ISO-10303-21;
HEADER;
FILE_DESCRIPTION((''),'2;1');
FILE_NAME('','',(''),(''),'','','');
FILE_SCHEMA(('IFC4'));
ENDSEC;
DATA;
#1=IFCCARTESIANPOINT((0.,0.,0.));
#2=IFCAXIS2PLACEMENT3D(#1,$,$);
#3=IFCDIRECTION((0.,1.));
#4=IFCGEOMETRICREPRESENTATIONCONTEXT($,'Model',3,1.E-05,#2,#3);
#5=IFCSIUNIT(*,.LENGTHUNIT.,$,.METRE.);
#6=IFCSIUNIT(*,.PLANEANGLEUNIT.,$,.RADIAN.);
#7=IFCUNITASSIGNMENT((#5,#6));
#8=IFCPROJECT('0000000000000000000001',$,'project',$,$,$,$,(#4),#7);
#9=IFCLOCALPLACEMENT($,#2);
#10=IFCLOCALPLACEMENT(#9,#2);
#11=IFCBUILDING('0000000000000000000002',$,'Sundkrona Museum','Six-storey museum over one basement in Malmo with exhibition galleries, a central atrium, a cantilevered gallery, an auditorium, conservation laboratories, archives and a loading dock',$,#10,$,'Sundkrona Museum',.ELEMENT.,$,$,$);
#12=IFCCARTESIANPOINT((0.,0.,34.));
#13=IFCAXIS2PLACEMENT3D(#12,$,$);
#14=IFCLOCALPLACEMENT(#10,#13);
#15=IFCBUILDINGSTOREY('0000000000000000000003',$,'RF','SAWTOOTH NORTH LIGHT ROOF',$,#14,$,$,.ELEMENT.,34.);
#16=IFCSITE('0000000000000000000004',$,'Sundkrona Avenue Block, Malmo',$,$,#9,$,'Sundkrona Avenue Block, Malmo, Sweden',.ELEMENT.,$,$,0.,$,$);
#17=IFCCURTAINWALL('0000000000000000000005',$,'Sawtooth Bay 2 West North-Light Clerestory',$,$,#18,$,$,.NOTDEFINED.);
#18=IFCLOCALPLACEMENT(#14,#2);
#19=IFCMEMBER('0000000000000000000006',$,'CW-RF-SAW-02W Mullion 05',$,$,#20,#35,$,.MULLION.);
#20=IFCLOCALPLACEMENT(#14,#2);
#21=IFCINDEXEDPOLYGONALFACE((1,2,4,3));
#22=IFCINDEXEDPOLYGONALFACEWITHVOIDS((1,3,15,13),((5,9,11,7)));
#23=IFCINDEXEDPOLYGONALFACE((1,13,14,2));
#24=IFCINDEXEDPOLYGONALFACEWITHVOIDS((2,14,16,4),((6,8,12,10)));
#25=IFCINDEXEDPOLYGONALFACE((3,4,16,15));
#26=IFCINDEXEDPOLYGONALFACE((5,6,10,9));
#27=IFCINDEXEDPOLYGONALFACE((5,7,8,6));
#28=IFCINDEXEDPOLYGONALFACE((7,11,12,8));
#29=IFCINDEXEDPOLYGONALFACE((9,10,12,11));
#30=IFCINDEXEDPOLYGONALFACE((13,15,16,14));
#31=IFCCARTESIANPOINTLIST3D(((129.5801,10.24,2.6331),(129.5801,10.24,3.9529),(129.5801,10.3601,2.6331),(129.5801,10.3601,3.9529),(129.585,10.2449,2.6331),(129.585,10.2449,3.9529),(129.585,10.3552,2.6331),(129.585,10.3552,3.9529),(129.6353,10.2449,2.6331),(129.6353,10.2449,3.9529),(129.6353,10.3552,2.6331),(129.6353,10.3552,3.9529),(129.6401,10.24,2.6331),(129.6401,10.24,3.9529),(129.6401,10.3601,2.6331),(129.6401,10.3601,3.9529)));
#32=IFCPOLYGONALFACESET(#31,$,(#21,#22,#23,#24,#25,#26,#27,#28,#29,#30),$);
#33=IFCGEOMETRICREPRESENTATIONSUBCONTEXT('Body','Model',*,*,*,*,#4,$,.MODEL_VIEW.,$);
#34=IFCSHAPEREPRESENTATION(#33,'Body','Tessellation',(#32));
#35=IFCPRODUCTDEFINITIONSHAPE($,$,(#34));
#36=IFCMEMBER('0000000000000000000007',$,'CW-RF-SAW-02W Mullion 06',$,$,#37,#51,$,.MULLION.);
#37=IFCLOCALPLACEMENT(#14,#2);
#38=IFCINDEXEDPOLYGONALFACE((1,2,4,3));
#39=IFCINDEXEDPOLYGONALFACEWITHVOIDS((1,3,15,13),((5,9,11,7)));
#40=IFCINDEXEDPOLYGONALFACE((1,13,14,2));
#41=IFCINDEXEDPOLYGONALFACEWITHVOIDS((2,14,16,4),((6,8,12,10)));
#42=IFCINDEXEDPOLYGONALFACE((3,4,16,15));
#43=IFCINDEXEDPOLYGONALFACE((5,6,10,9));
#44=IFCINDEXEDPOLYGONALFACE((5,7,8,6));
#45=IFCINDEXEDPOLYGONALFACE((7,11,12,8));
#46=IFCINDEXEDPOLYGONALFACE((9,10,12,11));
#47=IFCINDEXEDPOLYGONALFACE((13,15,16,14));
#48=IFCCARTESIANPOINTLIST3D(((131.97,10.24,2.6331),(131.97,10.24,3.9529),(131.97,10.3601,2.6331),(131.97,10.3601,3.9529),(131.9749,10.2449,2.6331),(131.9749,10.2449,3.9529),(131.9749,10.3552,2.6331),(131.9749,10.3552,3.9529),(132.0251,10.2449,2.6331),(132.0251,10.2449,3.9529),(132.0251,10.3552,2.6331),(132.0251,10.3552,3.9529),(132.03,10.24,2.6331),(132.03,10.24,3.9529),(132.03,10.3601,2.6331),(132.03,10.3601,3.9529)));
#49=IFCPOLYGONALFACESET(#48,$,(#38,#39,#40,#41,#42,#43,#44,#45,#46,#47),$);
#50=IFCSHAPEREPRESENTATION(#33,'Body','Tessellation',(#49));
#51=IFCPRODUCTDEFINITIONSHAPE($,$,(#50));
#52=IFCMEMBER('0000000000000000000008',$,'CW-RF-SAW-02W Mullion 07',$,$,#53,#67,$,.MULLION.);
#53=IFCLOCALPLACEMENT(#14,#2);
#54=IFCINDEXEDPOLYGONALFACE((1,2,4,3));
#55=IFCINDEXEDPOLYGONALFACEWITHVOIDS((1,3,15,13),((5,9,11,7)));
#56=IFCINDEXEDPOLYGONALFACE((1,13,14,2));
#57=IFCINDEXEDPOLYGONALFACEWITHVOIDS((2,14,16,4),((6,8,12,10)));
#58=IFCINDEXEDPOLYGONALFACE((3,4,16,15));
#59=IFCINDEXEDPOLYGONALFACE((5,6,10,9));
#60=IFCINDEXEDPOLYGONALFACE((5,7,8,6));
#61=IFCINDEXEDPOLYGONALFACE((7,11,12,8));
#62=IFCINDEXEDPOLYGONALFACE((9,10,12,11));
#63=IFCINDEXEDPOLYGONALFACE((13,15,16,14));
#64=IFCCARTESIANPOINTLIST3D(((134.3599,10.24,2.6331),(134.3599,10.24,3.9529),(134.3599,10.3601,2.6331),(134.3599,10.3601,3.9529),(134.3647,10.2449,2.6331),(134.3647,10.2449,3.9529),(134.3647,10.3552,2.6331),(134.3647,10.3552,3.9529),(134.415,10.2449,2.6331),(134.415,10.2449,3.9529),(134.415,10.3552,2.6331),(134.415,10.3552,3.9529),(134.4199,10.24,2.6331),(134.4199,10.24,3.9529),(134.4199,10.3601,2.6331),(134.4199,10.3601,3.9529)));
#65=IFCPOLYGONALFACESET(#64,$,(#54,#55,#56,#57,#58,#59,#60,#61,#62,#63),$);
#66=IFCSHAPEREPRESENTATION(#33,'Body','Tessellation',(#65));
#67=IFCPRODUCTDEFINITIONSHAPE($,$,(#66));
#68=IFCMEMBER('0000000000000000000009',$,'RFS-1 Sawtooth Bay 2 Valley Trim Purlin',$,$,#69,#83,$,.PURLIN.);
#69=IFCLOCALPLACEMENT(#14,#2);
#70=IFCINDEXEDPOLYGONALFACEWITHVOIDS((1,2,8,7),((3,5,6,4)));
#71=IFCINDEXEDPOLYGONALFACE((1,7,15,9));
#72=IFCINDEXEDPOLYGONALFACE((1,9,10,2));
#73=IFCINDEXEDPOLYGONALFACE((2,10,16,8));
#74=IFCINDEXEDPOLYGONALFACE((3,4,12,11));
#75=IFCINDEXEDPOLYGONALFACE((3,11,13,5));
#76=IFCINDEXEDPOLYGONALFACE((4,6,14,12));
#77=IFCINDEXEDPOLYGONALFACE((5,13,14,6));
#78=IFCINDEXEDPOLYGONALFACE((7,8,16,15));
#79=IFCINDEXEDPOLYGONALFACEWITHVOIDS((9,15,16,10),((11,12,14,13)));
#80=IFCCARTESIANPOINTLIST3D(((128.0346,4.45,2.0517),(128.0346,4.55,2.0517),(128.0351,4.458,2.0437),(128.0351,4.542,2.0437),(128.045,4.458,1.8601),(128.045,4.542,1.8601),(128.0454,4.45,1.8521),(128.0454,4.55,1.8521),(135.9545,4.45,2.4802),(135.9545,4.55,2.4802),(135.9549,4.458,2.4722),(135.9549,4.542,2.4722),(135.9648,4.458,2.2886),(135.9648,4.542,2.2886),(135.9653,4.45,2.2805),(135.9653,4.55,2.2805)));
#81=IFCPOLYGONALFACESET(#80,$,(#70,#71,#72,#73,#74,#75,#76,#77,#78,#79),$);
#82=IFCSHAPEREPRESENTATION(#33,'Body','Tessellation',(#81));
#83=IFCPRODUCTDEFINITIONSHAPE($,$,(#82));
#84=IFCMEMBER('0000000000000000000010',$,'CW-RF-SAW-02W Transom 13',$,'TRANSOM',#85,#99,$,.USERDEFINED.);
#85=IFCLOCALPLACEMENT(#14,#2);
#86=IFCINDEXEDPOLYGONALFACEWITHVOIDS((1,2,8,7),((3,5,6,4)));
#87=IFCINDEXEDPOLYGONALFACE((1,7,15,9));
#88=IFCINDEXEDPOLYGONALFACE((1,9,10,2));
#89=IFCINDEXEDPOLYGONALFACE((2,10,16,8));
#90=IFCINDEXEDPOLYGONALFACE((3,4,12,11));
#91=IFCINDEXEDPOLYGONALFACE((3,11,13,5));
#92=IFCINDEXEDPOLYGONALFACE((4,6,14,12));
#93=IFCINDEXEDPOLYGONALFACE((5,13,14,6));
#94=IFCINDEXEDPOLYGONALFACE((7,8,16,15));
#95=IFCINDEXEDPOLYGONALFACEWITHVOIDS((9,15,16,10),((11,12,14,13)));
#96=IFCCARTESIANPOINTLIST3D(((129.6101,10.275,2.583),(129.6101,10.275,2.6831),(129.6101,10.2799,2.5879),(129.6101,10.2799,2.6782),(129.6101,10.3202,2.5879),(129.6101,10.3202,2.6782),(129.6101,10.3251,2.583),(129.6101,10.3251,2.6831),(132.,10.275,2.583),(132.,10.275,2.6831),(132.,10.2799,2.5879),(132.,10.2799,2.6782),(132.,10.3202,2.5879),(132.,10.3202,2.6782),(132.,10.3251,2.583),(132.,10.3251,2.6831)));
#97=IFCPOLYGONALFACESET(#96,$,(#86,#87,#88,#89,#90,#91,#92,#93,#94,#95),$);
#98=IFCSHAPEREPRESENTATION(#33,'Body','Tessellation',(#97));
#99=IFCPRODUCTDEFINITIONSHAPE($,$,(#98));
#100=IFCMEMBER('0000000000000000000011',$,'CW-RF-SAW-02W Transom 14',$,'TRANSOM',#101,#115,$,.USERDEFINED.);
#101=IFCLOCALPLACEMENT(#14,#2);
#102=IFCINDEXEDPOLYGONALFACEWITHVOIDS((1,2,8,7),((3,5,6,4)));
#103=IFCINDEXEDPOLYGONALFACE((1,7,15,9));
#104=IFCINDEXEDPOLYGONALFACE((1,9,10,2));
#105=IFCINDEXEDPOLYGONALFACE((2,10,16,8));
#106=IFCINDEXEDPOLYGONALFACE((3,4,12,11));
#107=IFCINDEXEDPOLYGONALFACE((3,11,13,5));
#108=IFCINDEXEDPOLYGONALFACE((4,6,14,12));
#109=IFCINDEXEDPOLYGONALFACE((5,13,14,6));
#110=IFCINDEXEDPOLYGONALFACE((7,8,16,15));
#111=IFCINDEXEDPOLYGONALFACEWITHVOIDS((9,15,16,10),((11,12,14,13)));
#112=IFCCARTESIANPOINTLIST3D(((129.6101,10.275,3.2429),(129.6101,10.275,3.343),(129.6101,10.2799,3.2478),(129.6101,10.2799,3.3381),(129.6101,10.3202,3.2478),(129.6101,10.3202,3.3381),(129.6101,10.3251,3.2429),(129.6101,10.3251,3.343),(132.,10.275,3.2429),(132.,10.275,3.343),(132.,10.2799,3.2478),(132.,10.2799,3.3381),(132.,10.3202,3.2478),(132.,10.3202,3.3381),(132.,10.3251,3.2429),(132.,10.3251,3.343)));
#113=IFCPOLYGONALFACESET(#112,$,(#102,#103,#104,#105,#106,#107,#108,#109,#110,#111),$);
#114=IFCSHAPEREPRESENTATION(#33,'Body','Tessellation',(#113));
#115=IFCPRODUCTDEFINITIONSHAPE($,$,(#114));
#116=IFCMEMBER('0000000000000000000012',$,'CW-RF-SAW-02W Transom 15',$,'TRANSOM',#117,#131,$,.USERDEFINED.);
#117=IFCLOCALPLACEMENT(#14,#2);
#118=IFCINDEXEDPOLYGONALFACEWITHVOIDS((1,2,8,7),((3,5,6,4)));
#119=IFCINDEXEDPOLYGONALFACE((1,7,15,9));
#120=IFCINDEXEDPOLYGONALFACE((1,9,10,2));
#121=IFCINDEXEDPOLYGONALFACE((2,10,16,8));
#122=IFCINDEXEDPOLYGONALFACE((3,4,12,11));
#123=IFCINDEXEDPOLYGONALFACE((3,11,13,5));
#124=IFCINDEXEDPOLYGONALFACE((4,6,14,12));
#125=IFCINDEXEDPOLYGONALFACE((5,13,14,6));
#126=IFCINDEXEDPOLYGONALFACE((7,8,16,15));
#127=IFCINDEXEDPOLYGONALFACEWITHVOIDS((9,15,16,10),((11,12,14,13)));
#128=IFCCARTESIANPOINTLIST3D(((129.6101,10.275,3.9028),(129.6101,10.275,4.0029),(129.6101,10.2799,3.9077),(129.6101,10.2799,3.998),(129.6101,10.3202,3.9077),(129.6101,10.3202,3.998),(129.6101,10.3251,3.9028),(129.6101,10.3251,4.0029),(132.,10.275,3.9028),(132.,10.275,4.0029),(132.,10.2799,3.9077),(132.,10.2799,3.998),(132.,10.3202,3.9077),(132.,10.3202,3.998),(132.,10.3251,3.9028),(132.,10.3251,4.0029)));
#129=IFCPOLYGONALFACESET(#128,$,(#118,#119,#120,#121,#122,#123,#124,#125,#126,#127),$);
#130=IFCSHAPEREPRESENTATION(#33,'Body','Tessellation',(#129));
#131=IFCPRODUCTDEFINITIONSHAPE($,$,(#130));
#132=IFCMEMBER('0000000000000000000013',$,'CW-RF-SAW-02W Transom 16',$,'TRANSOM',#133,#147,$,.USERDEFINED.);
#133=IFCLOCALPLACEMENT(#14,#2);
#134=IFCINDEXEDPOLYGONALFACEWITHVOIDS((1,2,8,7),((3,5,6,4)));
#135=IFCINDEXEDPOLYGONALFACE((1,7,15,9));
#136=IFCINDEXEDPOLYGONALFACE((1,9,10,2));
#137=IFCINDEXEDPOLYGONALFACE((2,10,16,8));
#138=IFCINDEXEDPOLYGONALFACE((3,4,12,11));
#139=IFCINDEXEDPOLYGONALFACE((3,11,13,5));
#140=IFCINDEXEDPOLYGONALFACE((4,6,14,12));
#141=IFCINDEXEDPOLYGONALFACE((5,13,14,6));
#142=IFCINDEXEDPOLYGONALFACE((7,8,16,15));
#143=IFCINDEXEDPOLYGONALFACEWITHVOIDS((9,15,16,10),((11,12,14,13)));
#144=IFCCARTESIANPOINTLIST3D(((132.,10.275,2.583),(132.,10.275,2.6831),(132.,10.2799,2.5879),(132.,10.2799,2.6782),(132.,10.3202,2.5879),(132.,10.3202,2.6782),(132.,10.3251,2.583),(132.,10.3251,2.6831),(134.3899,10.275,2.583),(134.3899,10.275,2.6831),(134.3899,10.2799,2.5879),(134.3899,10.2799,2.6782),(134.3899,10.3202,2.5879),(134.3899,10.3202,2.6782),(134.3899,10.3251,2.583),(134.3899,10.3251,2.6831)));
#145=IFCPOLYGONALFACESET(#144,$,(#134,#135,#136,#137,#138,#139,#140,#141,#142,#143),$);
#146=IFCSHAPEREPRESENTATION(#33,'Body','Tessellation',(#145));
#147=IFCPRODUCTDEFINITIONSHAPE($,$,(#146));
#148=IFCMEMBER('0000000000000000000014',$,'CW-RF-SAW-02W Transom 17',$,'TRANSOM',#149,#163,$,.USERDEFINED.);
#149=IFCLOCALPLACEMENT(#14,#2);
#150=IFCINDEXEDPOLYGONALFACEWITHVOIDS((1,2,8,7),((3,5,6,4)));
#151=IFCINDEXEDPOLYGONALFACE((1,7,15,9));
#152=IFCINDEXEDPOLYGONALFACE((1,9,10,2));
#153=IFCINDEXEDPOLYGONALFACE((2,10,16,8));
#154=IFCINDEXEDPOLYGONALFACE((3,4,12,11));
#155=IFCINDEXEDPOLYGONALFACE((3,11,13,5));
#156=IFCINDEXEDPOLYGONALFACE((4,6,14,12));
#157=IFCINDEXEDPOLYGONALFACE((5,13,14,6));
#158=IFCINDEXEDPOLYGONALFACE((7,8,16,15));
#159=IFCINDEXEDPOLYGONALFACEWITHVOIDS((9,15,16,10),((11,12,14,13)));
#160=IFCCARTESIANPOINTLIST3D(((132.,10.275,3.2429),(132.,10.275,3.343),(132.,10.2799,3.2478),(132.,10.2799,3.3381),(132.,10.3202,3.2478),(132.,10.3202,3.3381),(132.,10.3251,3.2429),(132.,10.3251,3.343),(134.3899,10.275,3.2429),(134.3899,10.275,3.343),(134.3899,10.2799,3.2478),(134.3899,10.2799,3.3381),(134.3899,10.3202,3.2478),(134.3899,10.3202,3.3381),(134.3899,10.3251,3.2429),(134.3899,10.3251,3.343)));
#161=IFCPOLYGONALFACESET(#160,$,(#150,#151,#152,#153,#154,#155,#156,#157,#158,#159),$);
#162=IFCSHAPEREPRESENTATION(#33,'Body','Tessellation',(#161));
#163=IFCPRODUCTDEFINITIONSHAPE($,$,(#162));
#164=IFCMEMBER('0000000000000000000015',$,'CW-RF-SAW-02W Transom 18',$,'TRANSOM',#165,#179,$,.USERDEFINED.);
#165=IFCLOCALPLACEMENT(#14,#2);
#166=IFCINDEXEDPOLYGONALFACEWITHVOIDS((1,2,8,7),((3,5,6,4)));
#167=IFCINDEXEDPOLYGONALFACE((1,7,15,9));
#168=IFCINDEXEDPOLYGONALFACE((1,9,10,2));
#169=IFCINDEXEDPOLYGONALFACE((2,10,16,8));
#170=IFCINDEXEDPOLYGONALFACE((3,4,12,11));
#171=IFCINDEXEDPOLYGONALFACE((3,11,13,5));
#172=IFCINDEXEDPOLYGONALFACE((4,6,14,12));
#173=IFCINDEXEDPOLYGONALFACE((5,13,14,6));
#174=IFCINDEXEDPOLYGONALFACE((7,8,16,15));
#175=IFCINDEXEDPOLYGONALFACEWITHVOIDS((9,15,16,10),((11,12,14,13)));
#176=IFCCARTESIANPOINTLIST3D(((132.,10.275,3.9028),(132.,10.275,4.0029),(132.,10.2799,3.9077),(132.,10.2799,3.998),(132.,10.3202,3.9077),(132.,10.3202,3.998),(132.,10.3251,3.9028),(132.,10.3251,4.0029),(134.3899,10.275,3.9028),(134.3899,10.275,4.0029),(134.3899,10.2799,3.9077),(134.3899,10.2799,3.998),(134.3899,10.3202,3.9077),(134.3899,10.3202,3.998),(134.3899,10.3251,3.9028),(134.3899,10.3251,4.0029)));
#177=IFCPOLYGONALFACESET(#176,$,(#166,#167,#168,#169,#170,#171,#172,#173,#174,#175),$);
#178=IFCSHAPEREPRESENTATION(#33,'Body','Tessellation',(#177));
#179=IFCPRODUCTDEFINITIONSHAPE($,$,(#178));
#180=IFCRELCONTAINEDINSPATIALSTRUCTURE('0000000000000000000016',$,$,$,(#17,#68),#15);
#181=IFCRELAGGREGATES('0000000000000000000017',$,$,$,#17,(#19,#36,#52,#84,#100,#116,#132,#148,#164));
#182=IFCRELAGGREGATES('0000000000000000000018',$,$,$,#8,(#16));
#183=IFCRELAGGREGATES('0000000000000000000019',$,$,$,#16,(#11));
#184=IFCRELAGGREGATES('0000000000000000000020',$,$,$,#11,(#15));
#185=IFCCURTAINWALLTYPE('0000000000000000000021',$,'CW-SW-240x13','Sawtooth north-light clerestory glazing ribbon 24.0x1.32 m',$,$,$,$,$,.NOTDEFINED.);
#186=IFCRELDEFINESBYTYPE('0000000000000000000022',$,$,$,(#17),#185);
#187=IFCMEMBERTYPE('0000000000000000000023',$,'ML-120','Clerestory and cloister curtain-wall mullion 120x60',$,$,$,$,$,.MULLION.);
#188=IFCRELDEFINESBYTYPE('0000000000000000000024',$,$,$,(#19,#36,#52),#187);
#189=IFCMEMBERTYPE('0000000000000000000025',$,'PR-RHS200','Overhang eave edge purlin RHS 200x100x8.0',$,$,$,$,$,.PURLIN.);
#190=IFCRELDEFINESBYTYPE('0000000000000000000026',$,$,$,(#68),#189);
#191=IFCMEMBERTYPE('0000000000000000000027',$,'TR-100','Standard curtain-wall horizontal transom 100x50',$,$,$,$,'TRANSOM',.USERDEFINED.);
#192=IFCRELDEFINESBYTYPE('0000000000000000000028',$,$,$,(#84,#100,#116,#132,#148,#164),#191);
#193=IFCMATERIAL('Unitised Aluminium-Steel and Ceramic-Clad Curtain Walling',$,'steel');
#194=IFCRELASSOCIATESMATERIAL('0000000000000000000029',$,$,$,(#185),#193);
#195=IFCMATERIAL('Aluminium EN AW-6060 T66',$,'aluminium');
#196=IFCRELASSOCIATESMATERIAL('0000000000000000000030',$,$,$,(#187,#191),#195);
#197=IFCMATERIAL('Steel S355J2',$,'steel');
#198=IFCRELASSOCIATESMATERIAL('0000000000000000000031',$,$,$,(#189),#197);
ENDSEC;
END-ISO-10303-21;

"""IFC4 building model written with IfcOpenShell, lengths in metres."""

from ifc_helpers import new_model, si_unit, direction, frame, origin, origin_2d, place, context, subcontext, project, spatial, hollow_rectangle, extrude, material, material_profile, profile_set, type_object, element, aggregate, save


model = new_model("IFC4")

# Units and contexts
model_context = context("Model", 3, precision=1e-05, world=origin(), true_north=direction((0.0, 1.0)))
body_context = subcontext(model_context, "Body", "Model", "MODEL_VIEW")
ifc_project = project(units=[si_unit("LENGTHUNIT", "METRE"), si_unit("PLANEANGLEUNIT", "RADIAN")], contexts=[model_context])

# Site, building, storey
site_placement = place(None, origin())
site = spatial("IfcSite", under=ifc_project, at=site_placement, Name="Sundkrona Avenue Block, Malmo", LongName="Sundkrona Avenue Block, Malmo, Sweden", CompositionType="ELEMENT", RefElevation=0.0)
building_placement = place(site_placement, origin())
building = spatial("IfcBuilding", under=site, at=building_placement, Name="Sundkrona Museum", Description="Six-storey museum over one basement in Malmo with exhibition galleries, a central atrium, a cantilevered gallery, an auditorium, conservation laboratories, archives and a loading dock", LongName="Sundkrona Museum", CompositionType="ELEMENT")
storey_placement = place(building_placement, frame((0.0, 0.0, 34.0)))
storey = spatial("IfcBuildingStorey", under=building, at=storey_placement, Name="RF", Description="SAWTOOTH NORTH LIGHT ROOF", CompositionType="ELEMENT", Elevation=34.0)

# Curtain wall, members
ifc_material_1 = material(Name="Unitised Aluminium-Steel and Ceramic-Clad Curtain Walling", Category="steel")
curtain_wall_type = type_object("IfcCurtainWallType", Name="CW-SW-240x13", Description="Sawtooth north-light clerestory glazing ribbon 24.0x1.32 m", PredefinedType="NOTDEFINED", material=ifc_material_1)
curtain_wall_placement = place(storey_placement, origin())
curtain_wall = element("IfcCurtainWall", 1, at=curtain_wall_placement, inside=storey, type_object=curtain_wall_type, Name="Sawtooth Bay 2 West North-Light Clerestory", PredefinedType="NOTDEFINED")
ifc_material_2 = material(Name="Aluminium EN AW-6060 T66", Category="aluminium")
ifc_material_profile_1 = material_profile(ifc_material_2, hollow_rectangle(XDim=0.0601, YDim=0.1201, WallThickness=0.0049, at=origin_2d()), Name="RHS 120x60x5.0")
ifc_profile_set_1 = profile_set([ifc_material_profile_1], Name="Aluminium EN AW-6060 T66")
member_type_1 = type_object("IfcMemberType", Name="ML-120", Description="Clerestory and cloister curtain-wall mullion 120x60", PredefinedType="MULLION", material=ifc_profile_set_1)
member_1_placement = place(storey_placement, frame((129.6101, 10.3, 2.6331), z_axis=(0.0, 0.0, 1.0), x_axis=(1.0, 0.0, 0.0)))
member_1 = element("IfcMember", 2, at=member_1_placement, type_object=member_type_1, Name="CW-RF-SAW-02W Mullion 05", PredefinedType="MULLION", context=body_context, shape_type="SweptSolid", body=[
    extrude(hollow_rectangle(XDim=0.0601, YDim=0.1201, WallThickness=0.0049, at=origin_2d()), origin(), (0.0, 0.0, 1.0), 1.3198),
])
member_2_placement = place(storey_placement, frame((132.0, 10.3, 2.6331), z_axis=(0.0, 0.0, 1.0), x_axis=(1.0, 0.0, 0.0)))
member_2 = element("IfcMember", 3, at=member_2_placement, type_object=member_type_1, Name="CW-RF-SAW-02W Mullion 06", PredefinedType="MULLION", context=body_context, shape_type="SweptSolid", body=[
    extrude(hollow_rectangle(XDim=0.0601, YDim=0.1201, WallThickness=0.0049, at=origin_2d()), origin(), (0.0, 0.0, 1.0), 1.3198),
])
member_3_placement = place(storey_placement, frame((134.3899, 10.3, 2.6331), z_axis=(0.0, 0.0, 1.0), x_axis=(1.0, 0.0, 0.0)))
member_3 = element("IfcMember", 4, at=member_3_placement, type_object=member_type_1, Name="CW-RF-SAW-02W Mullion 07", PredefinedType="MULLION", context=body_context, shape_type="SweptSolid", body=[
    extrude(hollow_rectangle(XDim=0.0601, YDim=0.1201, WallThickness=0.0049, at=origin_2d()), origin(), (0.0, 0.0, 1.0), 1.3198),
])

# Members
ifc_material_3 = material(Name="Steel S355J2", Category="steel")
ifc_material_profile_2 = material_profile(ifc_material_3, hollow_rectangle(XDim=0.1001, YDim=0.2, WallThickness=0.0081, at=origin_2d()), Name="RHS 200x100x8.0")
ifc_profile_set_2 = profile_set([ifc_material_profile_2], Name="Steel S355J2")
member_type_2 = type_object("IfcMemberType", Name="PR-RHS200", Description="Overhang eave edge purlin RHS 200x100x8.0", PredefinedType="PURLIN", material=ifc_profile_set_2)
member_4_placement = place(storey_placement, frame((128.04, 4.5, 1.9519), z_axis=(0.99854, 0.0, 0.054021), x_axis=(0.0, 1.0, 0.0)))
element("IfcMember", 5, at=member_4_placement, inside=storey, type_object=member_type_2, Name="RFS-1 Sawtooth Bay 2 Valley Trim Purlin", PredefinedType="PURLIN", context=body_context, shape_type="SweptSolid", body=[
    extrude(hollow_rectangle(XDim=0.1001, YDim=0.2, WallThickness=0.0081, at=origin_2d()), origin(), (0.0, 0.0, 1.0), 7.9314),
])
ifc_material_profile_3 = material_profile(ifc_material_2, hollow_rectangle(XDim=0.05, YDim=0.1001, WallThickness=0.0049, at=origin_2d()), Name="RHS 100x50x5.0")
ifc_profile_set_3 = profile_set([ifc_material_profile_3], Name="Aluminium EN AW-6060 T66")
member_type_3 = type_object("IfcMemberType", Name="TR-100", Description="Standard curtain-wall horizontal transom 100x50", ElementType="TRANSOM", PredefinedType="USERDEFINED", material=ifc_profile_set_3)
member_5_placement = place(storey_placement, frame((129.6101, 10.3, 2.6331), z_axis=(1.0, 0.0, 0.0), x_axis=(0.0, 1.0, 0.0)))
member_5 = element("IfcMember", 6, at=member_5_placement, type_object=member_type_3, Name="CW-RF-SAW-02W Transom 13", ObjectType="TRANSOM", PredefinedType="USERDEFINED", context=body_context, shape_type="SweptSolid", body=[
    extrude(hollow_rectangle(XDim=0.05, YDim=0.1001, WallThickness=0.0049, at=origin_2d()), origin(), (0.0, 0.0, 1.0), 2.3899),
])
member_6_placement = place(storey_placement, frame((129.6101, 10.3, 3.293), z_axis=(1.0, 0.0, 0.0), x_axis=(0.0, 1.0, 0.0)))
member_6 = element("IfcMember", 7, at=member_6_placement, type_object=member_type_3, Name="CW-RF-SAW-02W Transom 14", ObjectType="TRANSOM", PredefinedType="USERDEFINED", context=body_context, shape_type="SweptSolid", body=[
    extrude(hollow_rectangle(XDim=0.05, YDim=0.1001, WallThickness=0.0049, at=origin_2d()), origin(), (0.0, 0.0, 1.0), 2.3899),
])
member_7_placement = place(storey_placement, frame((129.6101, 10.3, 3.9529), z_axis=(1.0, 0.0, 0.0), x_axis=(0.0, 1.0, 0.0)))
member_7 = element("IfcMember", 8, at=member_7_placement, type_object=member_type_3, Name="CW-RF-SAW-02W Transom 15", ObjectType="TRANSOM", PredefinedType="USERDEFINED", context=body_context, shape_type="SweptSolid", body=[
    extrude(hollow_rectangle(XDim=0.05, YDim=0.1001, WallThickness=0.0049, at=origin_2d()), origin(), (0.0, 0.0, 1.0), 2.3899),
])
member_8_placement = place(storey_placement, frame((132.0, 10.3, 2.6331), z_axis=(1.0, 0.0, 0.0), x_axis=(0.0, 1.0, 0.0)))
member_8 = element("IfcMember", 9, at=member_8_placement, type_object=member_type_3, Name="CW-RF-SAW-02W Transom 16", ObjectType="TRANSOM", PredefinedType="USERDEFINED", context=body_context, shape_type="SweptSolid", body=[
    extrude(hollow_rectangle(XDim=0.05, YDim=0.1001, WallThickness=0.0049, at=origin_2d()), origin(), (0.0, 0.0, 1.0), 2.3899),
])
member_9_placement = place(storey_placement, frame((132.0, 10.3, 3.293), z_axis=(1.0, 0.0, 0.0), x_axis=(0.0, 1.0, 0.0)))
member_9 = element("IfcMember", 10, at=member_9_placement, type_object=member_type_3, Name="CW-RF-SAW-02W Transom 17", ObjectType="TRANSOM", PredefinedType="USERDEFINED", context=body_context, shape_type="SweptSolid", body=[
    extrude(hollow_rectangle(XDim=0.05, YDim=0.1001, WallThickness=0.0049, at=origin_2d()), origin(), (0.0, 0.0, 1.0), 2.3899),
])
member_10_placement = place(storey_placement, frame((132.0, 10.3, 3.9529), z_axis=(1.0, 0.0, 0.0), x_axis=(0.0, 1.0, 0.0)))
member_10 = element("IfcMember", 11, at=member_10_placement, type_object=member_type_3, Name="CW-RF-SAW-02W Transom 18", ObjectType="TRANSOM", PredefinedType="USERDEFINED", context=body_context, shape_type="SweptSolid", body=[
    extrude(hollow_rectangle(XDim=0.05, YDim=0.1001, WallThickness=0.0049, at=origin_2d()), origin(), (0.0, 0.0, 1.0), 2.3899),
])

aggregate(curtain_wall, [member_1, member_2, member_3, member_5, member_6, member_7, member_8, member_9, member_10])

save(model, "model.ifc")
